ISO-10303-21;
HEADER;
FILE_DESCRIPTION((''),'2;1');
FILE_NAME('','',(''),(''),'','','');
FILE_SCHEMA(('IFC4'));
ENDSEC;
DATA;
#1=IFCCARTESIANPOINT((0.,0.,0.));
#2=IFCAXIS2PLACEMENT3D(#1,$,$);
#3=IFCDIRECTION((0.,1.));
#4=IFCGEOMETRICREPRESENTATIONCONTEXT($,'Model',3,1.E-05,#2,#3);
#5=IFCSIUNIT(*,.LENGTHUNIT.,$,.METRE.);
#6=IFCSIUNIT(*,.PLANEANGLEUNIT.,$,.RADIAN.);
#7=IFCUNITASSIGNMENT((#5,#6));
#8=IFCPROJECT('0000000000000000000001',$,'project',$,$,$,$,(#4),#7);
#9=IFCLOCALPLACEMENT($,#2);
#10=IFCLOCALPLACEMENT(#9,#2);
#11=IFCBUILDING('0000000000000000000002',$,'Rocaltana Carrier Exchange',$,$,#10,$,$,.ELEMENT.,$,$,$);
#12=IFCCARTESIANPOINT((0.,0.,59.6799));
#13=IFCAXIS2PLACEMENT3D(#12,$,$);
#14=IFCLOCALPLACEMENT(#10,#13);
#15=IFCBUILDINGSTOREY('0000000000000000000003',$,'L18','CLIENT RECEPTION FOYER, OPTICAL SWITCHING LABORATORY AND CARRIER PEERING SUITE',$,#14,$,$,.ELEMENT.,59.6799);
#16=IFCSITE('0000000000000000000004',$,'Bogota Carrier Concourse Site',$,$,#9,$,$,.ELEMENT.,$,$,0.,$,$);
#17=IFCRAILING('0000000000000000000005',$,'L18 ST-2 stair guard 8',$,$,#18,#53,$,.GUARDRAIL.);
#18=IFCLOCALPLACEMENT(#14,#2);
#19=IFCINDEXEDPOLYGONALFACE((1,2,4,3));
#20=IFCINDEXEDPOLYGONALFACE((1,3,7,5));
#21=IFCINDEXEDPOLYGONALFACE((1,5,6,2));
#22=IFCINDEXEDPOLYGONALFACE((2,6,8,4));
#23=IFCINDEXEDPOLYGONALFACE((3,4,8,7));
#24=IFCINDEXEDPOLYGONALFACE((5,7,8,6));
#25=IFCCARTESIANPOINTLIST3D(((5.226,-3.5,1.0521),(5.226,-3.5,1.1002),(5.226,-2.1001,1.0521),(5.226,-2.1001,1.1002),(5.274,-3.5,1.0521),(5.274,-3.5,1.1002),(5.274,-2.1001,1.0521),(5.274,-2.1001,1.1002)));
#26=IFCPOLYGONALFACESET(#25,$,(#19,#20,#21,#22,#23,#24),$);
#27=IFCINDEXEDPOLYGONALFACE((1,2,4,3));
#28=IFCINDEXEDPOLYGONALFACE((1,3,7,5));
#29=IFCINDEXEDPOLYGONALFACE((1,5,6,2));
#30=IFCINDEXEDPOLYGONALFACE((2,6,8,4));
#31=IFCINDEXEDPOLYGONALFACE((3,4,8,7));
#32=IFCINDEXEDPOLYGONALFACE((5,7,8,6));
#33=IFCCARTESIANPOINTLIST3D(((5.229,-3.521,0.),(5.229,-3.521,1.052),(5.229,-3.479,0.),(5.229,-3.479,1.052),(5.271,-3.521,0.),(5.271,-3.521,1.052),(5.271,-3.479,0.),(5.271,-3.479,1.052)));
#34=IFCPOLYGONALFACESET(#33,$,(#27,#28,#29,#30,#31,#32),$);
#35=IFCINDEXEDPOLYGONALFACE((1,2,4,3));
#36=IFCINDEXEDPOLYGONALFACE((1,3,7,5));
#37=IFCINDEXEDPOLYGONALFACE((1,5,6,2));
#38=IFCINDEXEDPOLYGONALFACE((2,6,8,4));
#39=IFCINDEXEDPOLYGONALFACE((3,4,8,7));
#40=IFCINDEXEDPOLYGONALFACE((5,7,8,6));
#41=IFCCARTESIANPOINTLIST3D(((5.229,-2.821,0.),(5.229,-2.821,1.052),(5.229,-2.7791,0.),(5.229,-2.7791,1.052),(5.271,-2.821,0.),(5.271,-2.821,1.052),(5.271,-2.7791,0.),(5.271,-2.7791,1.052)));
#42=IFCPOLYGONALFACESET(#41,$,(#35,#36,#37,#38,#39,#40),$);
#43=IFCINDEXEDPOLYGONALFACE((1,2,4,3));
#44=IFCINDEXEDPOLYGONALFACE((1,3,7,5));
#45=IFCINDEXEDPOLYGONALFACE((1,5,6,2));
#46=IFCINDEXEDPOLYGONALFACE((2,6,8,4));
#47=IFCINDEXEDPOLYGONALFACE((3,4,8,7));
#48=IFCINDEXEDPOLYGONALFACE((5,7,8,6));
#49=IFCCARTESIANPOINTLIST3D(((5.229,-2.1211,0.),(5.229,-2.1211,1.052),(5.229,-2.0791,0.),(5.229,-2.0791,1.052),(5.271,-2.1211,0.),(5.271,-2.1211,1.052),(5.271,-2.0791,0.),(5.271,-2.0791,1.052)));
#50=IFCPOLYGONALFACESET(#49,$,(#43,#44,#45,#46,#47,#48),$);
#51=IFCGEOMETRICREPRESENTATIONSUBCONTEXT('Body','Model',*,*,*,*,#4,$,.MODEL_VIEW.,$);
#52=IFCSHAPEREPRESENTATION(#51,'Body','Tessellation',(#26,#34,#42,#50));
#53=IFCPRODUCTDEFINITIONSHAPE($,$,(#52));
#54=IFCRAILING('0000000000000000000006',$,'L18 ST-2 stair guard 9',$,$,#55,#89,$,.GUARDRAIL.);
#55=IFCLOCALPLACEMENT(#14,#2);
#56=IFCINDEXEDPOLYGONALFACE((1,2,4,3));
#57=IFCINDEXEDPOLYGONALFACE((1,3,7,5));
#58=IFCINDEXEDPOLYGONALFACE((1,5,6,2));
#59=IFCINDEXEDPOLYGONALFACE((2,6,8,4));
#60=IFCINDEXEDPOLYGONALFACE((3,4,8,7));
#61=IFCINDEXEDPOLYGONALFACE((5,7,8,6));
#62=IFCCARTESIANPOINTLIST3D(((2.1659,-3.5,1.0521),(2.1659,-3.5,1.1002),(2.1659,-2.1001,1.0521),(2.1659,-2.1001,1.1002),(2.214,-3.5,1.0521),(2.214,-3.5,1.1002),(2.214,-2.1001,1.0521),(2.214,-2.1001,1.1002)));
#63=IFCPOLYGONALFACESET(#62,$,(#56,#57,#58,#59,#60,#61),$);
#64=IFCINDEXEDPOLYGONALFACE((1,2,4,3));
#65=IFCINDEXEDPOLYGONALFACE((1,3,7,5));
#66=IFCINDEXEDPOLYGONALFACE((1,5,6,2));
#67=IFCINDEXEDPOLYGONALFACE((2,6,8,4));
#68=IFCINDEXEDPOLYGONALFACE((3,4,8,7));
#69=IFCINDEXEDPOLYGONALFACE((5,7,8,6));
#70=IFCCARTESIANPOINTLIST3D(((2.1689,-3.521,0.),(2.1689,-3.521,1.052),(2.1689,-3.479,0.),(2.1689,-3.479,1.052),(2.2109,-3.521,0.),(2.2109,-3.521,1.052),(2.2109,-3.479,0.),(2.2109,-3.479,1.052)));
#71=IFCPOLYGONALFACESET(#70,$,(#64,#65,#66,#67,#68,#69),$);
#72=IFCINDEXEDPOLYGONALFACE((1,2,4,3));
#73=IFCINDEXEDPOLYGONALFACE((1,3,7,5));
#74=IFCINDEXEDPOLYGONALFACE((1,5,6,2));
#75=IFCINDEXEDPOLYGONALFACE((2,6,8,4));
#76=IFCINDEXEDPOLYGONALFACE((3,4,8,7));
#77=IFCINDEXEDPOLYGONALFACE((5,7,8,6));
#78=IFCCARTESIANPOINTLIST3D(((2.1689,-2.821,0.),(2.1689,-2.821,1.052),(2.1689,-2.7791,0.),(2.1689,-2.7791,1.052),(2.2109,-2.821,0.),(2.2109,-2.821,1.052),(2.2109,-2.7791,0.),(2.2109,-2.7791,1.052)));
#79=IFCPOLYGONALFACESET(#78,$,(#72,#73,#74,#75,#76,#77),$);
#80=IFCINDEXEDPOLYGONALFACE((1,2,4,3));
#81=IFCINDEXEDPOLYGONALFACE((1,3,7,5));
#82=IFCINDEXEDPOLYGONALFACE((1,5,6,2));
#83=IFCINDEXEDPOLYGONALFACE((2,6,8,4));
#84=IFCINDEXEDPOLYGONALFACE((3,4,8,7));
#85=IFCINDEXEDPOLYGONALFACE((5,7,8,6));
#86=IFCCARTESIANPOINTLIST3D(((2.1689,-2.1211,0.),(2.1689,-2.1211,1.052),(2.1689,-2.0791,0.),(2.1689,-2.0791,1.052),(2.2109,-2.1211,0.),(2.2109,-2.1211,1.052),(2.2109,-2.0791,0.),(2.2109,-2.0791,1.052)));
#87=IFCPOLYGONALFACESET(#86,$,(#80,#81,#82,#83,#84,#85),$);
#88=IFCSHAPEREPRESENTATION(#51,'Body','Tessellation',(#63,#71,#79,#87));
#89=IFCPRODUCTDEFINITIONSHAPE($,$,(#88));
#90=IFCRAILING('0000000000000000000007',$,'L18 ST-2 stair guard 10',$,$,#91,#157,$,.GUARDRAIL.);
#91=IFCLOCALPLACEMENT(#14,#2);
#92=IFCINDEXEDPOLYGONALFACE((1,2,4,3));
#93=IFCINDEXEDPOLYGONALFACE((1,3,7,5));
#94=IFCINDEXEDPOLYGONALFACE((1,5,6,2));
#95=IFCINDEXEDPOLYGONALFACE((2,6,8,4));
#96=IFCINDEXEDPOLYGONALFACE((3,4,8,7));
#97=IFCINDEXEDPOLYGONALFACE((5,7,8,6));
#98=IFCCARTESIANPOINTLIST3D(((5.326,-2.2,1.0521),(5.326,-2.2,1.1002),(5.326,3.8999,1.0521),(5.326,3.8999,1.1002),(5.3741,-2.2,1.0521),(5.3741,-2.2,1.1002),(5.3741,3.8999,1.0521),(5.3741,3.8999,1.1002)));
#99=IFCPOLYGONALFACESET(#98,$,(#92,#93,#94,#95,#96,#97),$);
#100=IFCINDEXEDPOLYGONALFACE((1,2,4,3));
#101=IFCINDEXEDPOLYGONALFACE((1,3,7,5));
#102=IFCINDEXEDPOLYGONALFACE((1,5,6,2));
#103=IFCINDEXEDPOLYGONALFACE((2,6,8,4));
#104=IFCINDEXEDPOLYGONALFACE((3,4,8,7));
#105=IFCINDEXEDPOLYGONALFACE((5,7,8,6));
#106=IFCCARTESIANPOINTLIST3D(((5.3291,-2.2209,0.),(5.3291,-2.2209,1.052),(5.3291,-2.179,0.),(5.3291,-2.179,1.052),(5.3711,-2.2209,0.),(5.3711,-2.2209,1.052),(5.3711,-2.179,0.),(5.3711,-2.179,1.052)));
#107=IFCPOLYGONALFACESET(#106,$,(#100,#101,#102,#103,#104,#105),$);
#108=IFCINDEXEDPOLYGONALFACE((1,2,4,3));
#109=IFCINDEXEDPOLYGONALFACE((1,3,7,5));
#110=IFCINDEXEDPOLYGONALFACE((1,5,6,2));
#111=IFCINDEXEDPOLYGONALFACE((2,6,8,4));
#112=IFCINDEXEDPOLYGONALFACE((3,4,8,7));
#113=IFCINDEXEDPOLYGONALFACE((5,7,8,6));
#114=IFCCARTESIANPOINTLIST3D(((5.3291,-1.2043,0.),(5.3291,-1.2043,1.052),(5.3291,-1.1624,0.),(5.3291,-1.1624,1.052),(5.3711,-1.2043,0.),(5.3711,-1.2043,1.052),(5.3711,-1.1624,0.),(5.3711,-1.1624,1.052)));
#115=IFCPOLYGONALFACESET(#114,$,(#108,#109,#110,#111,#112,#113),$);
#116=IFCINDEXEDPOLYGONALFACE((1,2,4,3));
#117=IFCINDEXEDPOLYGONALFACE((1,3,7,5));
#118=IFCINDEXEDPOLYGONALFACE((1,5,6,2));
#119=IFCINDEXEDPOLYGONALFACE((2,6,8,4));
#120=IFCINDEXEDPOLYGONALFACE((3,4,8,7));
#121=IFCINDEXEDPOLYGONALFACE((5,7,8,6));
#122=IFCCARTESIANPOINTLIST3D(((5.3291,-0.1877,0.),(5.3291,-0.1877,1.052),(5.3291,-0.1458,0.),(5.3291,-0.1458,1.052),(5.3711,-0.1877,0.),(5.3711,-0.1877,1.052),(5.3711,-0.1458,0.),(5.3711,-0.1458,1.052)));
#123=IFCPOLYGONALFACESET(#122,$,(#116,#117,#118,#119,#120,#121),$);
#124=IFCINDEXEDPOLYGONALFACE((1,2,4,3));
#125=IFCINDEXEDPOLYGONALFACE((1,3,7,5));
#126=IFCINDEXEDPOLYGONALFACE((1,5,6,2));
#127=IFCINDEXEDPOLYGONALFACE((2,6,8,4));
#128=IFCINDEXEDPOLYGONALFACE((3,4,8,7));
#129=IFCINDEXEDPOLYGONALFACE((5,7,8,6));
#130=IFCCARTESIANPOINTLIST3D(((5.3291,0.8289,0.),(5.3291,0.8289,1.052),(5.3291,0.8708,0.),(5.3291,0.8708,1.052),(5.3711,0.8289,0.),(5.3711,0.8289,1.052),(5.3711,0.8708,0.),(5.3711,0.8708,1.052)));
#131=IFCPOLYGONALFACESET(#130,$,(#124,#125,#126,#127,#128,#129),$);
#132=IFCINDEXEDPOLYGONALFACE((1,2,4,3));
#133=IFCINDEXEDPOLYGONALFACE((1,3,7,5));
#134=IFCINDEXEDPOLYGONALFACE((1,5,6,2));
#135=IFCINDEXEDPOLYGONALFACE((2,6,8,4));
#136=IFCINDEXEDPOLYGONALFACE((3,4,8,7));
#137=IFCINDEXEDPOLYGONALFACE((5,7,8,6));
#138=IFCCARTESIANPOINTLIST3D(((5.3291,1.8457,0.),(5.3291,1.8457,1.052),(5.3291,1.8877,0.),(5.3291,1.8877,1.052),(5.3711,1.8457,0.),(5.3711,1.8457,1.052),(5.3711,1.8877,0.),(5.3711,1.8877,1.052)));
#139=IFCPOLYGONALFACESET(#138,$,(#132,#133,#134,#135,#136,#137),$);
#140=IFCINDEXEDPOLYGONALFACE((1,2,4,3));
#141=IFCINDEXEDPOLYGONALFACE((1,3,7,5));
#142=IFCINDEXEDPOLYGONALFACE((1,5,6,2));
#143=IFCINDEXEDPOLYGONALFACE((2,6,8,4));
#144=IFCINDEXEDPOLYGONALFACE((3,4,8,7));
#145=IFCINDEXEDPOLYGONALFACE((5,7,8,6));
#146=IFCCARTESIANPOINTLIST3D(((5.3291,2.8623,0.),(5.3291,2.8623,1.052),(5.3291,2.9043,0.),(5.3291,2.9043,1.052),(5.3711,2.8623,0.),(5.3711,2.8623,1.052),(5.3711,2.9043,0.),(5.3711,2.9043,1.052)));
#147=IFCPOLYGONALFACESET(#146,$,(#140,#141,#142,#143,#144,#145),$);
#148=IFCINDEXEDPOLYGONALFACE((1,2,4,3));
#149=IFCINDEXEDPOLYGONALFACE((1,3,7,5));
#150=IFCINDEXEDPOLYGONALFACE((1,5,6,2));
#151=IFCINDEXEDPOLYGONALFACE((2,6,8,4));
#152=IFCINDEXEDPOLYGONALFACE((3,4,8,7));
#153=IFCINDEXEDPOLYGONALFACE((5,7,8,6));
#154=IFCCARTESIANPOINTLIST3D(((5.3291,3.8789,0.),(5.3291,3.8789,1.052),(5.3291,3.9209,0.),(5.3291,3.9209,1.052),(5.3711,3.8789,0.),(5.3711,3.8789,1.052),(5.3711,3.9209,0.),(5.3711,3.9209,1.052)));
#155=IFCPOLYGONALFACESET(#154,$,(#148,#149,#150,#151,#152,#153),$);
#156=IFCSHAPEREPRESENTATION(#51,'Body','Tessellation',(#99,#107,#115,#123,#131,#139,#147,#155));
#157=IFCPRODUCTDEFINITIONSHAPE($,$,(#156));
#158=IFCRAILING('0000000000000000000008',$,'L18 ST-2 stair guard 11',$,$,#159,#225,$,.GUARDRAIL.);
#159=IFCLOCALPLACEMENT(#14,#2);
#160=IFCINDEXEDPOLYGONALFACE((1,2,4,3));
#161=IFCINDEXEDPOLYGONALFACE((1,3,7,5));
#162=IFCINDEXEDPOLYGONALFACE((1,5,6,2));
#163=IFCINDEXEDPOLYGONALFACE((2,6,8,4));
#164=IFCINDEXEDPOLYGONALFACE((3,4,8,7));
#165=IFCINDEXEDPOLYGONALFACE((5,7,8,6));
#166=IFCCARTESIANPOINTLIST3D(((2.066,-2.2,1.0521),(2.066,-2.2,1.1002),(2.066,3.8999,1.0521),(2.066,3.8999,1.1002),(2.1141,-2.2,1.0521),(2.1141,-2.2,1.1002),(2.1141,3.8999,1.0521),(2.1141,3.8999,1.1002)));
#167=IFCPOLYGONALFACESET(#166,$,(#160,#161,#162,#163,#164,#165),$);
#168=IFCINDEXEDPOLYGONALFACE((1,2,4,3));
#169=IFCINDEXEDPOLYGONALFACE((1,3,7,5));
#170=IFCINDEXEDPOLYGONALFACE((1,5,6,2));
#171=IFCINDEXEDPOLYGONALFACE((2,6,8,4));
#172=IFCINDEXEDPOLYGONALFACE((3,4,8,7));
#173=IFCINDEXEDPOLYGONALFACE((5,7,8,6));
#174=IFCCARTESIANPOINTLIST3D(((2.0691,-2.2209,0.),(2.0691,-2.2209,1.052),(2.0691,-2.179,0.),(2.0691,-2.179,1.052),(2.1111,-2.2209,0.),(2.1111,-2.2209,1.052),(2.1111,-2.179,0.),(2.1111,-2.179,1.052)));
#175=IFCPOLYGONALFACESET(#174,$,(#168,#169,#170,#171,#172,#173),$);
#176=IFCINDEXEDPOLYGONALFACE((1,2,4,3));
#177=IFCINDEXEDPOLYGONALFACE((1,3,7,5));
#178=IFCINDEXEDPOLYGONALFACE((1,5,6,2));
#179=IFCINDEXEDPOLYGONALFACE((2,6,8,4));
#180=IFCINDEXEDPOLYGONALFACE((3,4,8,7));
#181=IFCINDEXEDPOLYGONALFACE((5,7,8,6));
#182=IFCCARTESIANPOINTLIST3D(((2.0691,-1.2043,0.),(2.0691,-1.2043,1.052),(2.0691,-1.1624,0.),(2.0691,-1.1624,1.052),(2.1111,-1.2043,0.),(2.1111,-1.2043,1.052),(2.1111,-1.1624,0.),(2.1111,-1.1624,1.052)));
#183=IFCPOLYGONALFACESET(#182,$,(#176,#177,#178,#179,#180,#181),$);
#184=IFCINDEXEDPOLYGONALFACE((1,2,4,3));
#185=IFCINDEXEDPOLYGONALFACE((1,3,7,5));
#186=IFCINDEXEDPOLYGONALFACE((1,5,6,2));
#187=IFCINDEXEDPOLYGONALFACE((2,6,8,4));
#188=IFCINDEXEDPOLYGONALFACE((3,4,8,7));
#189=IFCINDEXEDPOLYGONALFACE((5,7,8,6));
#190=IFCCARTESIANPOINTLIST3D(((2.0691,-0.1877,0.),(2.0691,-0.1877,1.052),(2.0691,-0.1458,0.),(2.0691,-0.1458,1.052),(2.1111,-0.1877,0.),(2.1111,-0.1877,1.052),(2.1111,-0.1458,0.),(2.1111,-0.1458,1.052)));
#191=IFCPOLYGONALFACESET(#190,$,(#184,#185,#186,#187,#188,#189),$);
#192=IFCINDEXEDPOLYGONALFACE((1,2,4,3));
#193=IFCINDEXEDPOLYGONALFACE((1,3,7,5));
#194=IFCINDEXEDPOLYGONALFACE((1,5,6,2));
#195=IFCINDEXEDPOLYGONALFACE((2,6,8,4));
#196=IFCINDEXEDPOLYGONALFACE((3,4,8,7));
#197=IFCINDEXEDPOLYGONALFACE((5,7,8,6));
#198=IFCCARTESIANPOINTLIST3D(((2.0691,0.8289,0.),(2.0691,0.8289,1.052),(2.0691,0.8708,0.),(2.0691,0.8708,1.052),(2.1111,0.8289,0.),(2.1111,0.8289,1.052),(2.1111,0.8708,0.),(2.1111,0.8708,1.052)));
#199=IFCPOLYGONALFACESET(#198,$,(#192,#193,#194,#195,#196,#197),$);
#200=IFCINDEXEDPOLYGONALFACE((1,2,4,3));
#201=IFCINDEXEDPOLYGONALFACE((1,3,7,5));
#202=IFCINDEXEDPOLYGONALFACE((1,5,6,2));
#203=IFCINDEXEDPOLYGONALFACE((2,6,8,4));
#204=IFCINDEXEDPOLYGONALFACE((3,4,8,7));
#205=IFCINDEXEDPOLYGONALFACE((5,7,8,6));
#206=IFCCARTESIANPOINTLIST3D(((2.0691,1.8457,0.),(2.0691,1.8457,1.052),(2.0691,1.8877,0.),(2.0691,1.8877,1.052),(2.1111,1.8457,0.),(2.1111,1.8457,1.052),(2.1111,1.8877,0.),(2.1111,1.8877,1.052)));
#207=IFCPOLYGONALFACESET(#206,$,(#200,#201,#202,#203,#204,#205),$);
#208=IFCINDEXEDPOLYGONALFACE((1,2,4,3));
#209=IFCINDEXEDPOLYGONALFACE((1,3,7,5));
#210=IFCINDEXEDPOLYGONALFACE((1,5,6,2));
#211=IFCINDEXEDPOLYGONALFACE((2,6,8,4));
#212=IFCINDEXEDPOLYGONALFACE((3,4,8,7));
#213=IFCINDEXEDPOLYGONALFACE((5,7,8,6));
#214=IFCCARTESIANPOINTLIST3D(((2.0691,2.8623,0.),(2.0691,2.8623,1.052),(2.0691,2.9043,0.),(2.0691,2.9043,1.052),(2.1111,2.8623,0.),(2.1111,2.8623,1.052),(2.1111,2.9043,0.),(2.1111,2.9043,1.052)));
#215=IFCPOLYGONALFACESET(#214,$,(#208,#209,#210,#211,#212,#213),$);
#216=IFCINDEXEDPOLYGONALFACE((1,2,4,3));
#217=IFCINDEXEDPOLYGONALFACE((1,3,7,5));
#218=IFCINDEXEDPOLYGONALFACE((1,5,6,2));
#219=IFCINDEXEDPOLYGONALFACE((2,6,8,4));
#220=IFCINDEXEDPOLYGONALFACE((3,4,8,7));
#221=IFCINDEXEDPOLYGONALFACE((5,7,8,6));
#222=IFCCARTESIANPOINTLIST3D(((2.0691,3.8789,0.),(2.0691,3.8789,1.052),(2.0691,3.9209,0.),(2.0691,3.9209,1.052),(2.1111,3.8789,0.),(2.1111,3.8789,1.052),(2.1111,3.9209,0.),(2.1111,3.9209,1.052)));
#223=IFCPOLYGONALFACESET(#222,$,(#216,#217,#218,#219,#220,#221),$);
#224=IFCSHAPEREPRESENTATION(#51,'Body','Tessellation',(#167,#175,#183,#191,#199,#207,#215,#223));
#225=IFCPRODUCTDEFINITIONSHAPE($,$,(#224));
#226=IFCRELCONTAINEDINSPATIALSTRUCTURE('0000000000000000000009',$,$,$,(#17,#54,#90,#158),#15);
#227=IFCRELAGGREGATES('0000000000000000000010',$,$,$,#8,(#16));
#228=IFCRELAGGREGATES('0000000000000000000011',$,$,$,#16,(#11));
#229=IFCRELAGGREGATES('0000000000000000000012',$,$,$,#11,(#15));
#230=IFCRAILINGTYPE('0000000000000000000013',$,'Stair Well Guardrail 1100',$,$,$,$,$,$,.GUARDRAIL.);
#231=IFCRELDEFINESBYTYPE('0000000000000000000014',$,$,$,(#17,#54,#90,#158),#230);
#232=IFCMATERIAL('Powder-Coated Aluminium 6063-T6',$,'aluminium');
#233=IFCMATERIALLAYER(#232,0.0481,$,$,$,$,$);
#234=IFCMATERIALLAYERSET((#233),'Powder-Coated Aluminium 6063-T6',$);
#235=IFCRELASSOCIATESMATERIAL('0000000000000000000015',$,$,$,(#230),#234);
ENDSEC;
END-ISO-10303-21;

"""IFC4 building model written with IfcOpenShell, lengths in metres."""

from ifc_helpers import new_model, si_unit, direction, frame, origin, origin_2d, place, context, subcontext, project, spatial, rectangle, extrude, material, layer, layer_set, type_object, element, save


model = new_model("IFC4")

# Units and contexts
model_context = context("Model", 3, precision=1e-05, world=origin(), true_north=direction((0.0, 1.0)))
body_context = subcontext(model_context, "Body", "Model", "MODEL_VIEW")
ifc_project = project(units=[si_unit("LENGTHUNIT", "METRE"), si_unit("PLANEANGLEUNIT", "RADIAN")], contexts=[model_context])

# Site, building, storey
site_placement = place(None, origin())
site = spatial("IfcSite", under=ifc_project, at=site_placement, Name="Bogota Carrier Concourse Site", CompositionType="ELEMENT", RefElevation=0.0)
building_placement = place(site_placement, origin())
building = spatial("IfcBuilding", under=site, at=building_placement, Name="Rocaltana Carrier Exchange", CompositionType="ELEMENT")
storey_placement = place(building_placement, frame((0.0, 0.0, 59.6799)))
storey = spatial("IfcBuildingStorey", under=building, at=storey_placement, Name="L18", Description="CLIENT RECEPTION FOYER, OPTICAL SWITCHING LABORATORY AND CARRIER PEERING SUITE", CompositionType="ELEMENT", Elevation=59.6799)

# Railings
ifc_material_1 = material(Name="Powder-Coated Aluminium 6063-T6", Category="aluminium")
ifc_layer_1 = layer(ifc_material_1, 0.0481)
ifc_layer_set_1 = layer_set([ifc_layer_1], Name="Powder-Coated Aluminium 6063-T6")
railing_type_1 = type_object("IfcRailingType", Name="Stair Well Guardrail 1100", PredefinedType="GUARDRAIL", material=ifc_layer_set_1)
for number, where, name in (
    (1, (5.25, -3.5, 0.0), "L18 ST-2 stair guard 8"),
    (2, (2.1899, -3.5, 0.0), "L18 ST-2 stair guard 9"),
):
    element("IfcRailing", number, at=place(storey_placement, frame(where)), inside=storey, type_object=railing_type_1, Name=name, PredefinedType="GUARDRAIL", context=body_context, shape_type="SweptSolid", body=[
        extrude(rectangle(XDim=0.0481, YDim=0.0481, at=origin_2d()), frame((0.0, 0.0, 1.0762), z_axis=(0.0, 1.0, 0.0), x_axis=(-1.0, 0.0, 0.0)), (0.0, 0.0, 1.0), 1.3999),
        extrude(rectangle(XDim=0.042, YDim=0.042, at=origin_2d()), origin(), (0.0, 0.0, 1.0), 1.052),
        extrude(rectangle(XDim=0.042, YDim=0.042, at=origin_2d()), frame((0.0, 0.7, 0.0)), (0.0, 0.0, 1.0), 1.052),
        extrude(rectangle(XDim=0.042, YDim=0.042, at=origin_2d()), frame((0.0, 1.3999, 0.0)), (0.0, 0.0, 1.0), 1.052),
    ])
for number, where, name in (
    (3, (5.3501, -2.2, 0.0), "L18 ST-2 stair guard 10"),
    (4, (2.0901, -2.2, 0.0), "L18 ST-2 stair guard 11"),
):
    element("IfcRailing", number, at=place(storey_placement, frame(where)), inside=storey, type_object=railing_type_1, Name=name, PredefinedType="GUARDRAIL", context=body_context, shape_type="SweptSolid", body=[
        extrude(rectangle(XDim=0.0481, YDim=0.0481, at=origin_2d()), frame((0.0, 0.0, 1.0762), z_axis=(0.0, 1.0, 0.0), x_axis=(-1.0, 0.0, 0.0)), (0.0, 0.0, 1.0), 6.0999),
        extrude(rectangle(XDim=0.042, YDim=0.042, at=origin_2d()), origin(), (0.0, 0.0, 1.0), 1.052),
        extrude(rectangle(XDim=0.042, YDim=0.042, at=origin_2d()), frame((0.0, 1.0166, 0.0)), (0.0, 0.0, 1.0), 1.052),
        extrude(rectangle(XDim=0.042, YDim=0.042, at=origin_2d()), frame((0.0, 2.0332, 0.0)), (0.0, 0.0, 1.0), 1.052),
        extrude(rectangle(XDim=0.042, YDim=0.042, at=origin_2d()), frame((0.0, 3.0498, 0.0)), (0.0, 0.0, 1.0), 1.052),
        extrude(rectangle(XDim=0.042, YDim=0.042, at=origin_2d()), frame((0.0, 4.0667, 0.0)), (0.0, 0.0, 1.0), 1.052),
        extrude(rectangle(XDim=0.042, YDim=0.042, at=origin_2d()), frame((0.0, 5.0833, 0.0)), (0.0, 0.0, 1.0), 1.052),
        extrude(rectangle(XDim=0.042, YDim=0.042, at=origin_2d()), frame((0.0, 6.0999, 0.0)), (0.0, 0.0, 1.0), 1.052),
    ])

save(model, "model.ifc")
